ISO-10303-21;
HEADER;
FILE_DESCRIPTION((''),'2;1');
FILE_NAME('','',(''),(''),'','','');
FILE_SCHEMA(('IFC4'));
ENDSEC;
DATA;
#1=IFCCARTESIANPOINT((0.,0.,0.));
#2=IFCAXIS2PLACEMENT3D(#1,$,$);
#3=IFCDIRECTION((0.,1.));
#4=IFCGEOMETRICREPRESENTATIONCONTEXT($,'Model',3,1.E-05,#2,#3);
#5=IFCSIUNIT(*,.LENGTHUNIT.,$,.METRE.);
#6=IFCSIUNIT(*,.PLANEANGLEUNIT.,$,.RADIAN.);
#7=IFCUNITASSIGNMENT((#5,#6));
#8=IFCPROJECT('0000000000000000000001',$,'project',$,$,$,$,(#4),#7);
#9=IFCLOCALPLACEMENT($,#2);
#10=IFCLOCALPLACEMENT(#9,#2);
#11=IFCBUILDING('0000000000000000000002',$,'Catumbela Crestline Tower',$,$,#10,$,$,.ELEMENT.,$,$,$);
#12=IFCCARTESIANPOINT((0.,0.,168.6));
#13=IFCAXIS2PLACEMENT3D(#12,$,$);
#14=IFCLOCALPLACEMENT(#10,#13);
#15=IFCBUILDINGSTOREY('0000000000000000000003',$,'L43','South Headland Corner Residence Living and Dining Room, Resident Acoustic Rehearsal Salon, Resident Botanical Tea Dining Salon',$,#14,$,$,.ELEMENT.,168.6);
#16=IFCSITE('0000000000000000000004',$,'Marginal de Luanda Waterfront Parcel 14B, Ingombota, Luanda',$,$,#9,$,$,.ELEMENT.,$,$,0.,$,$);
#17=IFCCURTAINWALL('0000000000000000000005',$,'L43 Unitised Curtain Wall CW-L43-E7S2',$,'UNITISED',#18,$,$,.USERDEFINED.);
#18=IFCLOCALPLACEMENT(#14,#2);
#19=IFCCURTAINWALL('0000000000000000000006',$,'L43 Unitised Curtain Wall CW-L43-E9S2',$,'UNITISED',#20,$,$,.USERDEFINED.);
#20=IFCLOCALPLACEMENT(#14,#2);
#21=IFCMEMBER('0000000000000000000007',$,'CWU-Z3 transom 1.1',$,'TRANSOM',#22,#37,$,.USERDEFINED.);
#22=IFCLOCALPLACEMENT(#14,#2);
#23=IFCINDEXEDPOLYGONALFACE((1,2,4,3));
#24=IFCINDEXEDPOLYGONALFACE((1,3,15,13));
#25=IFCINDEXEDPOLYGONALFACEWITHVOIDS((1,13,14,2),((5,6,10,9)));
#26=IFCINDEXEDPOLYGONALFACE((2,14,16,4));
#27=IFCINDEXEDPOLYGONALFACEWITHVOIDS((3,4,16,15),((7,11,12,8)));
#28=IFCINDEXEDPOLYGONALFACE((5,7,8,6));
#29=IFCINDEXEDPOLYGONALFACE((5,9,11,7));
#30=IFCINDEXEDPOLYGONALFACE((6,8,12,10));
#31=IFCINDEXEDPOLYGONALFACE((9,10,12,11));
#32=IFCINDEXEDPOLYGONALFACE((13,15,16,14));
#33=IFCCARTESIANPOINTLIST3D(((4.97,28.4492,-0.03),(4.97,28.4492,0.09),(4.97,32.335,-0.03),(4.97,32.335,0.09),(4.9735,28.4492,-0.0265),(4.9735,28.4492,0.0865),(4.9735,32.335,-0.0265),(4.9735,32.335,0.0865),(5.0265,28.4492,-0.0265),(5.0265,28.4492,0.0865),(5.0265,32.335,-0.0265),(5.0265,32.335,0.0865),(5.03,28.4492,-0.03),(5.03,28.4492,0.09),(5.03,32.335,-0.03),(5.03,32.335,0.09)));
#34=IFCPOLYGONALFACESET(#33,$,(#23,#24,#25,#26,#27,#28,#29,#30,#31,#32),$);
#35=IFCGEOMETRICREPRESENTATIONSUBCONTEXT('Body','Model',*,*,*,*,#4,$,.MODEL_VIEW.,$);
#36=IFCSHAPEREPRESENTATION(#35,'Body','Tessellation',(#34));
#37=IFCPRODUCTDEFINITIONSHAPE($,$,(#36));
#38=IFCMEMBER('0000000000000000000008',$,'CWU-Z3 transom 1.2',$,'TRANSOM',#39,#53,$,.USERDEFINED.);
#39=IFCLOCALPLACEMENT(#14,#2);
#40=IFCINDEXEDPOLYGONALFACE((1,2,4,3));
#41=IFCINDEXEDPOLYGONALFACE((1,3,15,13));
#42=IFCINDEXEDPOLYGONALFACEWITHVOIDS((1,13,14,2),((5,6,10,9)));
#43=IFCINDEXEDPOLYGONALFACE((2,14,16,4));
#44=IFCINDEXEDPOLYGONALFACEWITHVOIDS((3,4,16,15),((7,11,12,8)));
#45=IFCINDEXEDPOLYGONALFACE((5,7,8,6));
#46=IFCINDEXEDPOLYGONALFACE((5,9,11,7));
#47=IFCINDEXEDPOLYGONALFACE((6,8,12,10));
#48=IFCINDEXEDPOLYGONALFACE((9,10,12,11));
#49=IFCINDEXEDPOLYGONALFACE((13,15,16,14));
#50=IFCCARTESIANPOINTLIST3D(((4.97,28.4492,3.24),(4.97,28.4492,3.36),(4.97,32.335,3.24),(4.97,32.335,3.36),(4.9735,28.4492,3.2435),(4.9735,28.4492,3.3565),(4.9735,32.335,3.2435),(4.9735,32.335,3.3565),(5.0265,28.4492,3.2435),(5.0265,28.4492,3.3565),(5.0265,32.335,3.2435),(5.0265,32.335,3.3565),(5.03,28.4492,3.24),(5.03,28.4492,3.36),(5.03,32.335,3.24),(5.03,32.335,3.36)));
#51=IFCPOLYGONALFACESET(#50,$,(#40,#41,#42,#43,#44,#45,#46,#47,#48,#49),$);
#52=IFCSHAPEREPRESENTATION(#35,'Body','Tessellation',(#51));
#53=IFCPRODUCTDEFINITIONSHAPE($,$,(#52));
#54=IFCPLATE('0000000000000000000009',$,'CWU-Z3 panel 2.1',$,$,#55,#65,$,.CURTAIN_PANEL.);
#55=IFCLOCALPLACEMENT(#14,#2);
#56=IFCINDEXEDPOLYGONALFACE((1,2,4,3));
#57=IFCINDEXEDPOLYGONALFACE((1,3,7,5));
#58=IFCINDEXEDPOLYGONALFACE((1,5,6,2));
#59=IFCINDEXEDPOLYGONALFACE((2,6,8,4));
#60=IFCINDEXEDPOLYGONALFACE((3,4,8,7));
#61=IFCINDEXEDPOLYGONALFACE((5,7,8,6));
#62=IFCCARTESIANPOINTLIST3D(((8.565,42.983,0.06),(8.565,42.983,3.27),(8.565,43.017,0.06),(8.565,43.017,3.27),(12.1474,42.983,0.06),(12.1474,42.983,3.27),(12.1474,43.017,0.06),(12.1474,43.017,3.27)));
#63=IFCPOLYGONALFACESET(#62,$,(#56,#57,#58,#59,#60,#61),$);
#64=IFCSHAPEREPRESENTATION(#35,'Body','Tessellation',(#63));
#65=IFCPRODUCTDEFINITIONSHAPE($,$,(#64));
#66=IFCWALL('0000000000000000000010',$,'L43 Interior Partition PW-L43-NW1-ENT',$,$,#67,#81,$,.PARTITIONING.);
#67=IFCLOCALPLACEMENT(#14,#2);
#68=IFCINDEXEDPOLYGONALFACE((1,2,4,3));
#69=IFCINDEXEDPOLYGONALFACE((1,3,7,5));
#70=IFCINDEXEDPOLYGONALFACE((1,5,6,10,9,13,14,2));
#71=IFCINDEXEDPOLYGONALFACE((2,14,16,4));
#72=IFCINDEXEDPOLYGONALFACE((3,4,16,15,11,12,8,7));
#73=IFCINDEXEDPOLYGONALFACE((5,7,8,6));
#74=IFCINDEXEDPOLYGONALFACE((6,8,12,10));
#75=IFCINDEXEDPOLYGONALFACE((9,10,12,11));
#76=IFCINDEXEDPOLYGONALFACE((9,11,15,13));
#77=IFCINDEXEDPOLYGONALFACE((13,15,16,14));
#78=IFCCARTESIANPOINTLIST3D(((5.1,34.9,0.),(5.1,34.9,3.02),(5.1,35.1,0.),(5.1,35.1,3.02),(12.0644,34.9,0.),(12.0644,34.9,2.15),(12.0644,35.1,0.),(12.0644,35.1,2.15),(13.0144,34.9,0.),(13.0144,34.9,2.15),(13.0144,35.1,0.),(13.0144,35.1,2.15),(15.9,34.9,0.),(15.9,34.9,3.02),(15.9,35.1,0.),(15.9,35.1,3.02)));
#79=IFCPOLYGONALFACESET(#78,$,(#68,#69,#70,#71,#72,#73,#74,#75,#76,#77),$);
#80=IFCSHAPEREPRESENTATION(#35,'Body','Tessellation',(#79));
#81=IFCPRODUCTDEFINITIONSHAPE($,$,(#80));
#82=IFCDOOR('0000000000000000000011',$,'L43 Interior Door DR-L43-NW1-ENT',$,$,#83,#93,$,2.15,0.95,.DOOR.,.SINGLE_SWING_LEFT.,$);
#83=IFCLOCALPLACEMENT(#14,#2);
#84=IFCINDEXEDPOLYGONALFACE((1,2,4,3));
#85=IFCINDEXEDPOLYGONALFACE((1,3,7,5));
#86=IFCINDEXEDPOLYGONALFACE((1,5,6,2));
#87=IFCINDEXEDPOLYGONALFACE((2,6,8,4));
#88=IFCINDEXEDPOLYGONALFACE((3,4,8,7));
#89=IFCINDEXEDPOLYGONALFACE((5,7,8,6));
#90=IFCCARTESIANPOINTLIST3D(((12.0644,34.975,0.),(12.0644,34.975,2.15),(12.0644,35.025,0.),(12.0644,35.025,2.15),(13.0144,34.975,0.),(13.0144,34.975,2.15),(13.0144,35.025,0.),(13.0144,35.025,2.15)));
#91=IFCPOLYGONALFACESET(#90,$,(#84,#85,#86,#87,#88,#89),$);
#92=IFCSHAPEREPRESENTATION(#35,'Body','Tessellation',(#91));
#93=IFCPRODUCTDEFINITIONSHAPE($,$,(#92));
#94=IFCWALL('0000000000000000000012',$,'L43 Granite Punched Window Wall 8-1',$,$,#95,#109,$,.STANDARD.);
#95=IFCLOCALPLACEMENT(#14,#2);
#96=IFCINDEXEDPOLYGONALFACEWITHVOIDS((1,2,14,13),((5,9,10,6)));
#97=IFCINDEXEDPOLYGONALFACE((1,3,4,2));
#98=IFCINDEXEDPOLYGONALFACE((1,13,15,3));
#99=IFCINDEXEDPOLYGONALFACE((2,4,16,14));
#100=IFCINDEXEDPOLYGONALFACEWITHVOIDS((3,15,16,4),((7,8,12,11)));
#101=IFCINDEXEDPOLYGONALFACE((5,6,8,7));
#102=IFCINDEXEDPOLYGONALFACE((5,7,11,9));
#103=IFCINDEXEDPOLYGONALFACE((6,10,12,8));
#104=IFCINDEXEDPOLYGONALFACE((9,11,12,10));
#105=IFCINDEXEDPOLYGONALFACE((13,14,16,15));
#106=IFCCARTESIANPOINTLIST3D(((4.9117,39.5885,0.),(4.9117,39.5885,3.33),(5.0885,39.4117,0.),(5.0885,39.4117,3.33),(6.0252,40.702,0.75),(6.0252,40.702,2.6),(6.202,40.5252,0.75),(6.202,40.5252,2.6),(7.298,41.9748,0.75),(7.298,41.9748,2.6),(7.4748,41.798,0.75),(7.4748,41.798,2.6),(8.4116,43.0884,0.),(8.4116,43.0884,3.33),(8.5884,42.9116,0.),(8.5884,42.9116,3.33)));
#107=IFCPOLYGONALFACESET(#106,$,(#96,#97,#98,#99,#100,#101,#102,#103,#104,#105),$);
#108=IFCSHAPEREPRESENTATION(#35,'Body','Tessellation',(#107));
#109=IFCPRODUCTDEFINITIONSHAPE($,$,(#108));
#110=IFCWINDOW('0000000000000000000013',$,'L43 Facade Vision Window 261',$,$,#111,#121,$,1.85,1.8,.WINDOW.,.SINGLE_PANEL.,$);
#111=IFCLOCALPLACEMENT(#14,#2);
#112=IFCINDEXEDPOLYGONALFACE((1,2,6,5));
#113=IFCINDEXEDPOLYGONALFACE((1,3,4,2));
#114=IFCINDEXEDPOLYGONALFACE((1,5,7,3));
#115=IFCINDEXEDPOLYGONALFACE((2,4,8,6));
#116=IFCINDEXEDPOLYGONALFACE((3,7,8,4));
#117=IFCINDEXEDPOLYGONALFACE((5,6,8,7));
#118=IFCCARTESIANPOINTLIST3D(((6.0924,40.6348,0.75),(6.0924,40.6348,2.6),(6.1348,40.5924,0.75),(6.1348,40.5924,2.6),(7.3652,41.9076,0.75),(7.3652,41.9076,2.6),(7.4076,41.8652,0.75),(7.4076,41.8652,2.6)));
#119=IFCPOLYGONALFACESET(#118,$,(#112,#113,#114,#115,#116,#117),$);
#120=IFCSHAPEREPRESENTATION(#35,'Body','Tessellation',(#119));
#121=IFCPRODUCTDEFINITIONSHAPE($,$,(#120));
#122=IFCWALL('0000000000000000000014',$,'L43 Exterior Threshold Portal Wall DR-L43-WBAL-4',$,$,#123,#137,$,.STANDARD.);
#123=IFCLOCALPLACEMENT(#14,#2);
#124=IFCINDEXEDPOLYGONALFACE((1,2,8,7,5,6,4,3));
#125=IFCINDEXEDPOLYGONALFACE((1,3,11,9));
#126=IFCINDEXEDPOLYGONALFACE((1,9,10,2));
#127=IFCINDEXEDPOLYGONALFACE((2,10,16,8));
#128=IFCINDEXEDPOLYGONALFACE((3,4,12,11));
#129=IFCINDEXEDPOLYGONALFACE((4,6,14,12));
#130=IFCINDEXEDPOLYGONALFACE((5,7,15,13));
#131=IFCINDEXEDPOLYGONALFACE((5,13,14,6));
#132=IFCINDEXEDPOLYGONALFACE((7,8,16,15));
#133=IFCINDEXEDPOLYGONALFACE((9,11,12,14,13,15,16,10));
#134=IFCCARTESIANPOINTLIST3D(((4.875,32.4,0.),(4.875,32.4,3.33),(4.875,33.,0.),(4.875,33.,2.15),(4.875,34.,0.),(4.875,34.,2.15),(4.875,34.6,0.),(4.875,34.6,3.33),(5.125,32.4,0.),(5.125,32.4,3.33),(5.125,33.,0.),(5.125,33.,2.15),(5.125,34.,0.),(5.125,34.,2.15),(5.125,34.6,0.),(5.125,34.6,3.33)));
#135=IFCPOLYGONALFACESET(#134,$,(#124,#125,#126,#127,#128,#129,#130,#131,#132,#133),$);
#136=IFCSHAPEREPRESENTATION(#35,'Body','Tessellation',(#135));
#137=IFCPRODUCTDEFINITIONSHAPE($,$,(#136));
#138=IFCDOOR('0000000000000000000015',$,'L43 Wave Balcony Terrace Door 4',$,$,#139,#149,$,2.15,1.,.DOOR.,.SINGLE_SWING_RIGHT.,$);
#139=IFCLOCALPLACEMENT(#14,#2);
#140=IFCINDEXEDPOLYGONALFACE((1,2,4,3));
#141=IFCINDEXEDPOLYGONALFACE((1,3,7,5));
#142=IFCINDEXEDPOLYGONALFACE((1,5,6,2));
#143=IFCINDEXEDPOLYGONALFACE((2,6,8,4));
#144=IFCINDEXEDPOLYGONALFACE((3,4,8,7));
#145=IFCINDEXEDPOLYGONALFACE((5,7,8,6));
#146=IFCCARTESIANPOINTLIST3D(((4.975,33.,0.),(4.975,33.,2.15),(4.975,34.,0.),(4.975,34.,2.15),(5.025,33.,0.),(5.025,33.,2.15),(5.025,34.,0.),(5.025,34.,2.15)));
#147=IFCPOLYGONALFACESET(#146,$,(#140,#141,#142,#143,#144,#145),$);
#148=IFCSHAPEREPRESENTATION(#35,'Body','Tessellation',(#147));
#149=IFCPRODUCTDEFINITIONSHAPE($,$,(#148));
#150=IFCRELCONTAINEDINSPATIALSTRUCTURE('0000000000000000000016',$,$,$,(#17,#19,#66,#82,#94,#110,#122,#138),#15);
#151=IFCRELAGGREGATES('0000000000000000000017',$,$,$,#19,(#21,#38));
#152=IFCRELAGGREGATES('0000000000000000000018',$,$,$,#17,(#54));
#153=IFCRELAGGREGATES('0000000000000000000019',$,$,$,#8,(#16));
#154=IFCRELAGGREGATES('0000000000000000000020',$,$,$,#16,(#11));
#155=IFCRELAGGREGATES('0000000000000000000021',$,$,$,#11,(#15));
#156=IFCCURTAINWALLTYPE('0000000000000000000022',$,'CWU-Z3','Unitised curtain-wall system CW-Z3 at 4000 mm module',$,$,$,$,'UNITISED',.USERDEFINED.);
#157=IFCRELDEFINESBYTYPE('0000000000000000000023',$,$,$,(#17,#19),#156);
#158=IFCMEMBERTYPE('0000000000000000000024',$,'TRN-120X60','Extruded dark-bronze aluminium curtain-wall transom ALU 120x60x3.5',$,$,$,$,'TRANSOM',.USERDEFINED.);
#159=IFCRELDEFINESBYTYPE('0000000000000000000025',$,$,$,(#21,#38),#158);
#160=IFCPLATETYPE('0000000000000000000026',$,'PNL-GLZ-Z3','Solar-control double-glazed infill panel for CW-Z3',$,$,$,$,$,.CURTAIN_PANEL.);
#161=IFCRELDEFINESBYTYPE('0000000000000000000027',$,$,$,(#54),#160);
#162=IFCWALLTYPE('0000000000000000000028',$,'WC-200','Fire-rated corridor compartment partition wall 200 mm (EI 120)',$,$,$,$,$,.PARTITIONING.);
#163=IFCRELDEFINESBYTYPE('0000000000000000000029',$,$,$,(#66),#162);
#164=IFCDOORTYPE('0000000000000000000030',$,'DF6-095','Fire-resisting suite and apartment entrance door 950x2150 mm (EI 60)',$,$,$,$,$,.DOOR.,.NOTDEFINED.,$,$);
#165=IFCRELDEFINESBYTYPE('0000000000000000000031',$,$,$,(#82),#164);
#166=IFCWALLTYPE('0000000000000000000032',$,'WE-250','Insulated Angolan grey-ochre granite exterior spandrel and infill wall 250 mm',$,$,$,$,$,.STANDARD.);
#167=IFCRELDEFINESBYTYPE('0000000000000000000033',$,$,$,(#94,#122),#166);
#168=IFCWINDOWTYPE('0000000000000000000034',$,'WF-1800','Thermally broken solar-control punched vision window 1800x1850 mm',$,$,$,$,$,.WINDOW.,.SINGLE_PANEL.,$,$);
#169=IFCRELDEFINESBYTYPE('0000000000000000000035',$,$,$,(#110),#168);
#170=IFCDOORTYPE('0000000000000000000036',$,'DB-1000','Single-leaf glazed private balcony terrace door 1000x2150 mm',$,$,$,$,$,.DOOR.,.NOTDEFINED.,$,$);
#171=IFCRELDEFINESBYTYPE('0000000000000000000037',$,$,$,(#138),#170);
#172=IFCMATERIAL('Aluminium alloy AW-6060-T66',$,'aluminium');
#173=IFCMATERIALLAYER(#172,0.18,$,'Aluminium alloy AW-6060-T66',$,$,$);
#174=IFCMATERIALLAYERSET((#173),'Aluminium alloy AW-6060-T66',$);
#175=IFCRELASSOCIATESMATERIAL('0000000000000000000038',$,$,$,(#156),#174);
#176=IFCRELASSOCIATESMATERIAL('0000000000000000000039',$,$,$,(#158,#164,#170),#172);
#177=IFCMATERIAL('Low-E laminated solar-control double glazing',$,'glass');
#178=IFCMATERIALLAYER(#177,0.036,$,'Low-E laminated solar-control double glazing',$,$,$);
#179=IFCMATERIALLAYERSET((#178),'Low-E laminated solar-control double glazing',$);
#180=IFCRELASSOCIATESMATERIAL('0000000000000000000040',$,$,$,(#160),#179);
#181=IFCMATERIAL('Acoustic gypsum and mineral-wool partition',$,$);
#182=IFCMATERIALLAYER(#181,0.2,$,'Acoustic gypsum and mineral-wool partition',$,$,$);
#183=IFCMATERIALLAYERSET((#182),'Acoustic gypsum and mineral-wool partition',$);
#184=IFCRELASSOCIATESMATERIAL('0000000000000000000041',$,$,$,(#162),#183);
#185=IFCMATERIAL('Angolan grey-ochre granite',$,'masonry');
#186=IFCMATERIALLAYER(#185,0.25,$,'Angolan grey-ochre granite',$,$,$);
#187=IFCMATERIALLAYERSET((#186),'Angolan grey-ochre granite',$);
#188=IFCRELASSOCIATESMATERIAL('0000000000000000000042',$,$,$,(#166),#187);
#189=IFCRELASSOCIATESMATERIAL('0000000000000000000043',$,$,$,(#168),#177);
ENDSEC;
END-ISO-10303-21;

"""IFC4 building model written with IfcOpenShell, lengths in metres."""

from ifc_helpers import new_model, si_unit, direction, frame, frame_2d, origin, origin_2d, place, context, subcontext, project, spatial, rectangle, hollow_rectangle, extrude, material, layer, layer_set, material_profile, profile_set, type_object, element, fill, aggregate, save


model = new_model("IFC4")

# Units and contexts
model_context = context("Model", 3, precision=1e-05, world=origin(), true_north=direction((0.0, 1.0)))
body_context = subcontext(model_context, "Body", "Model", "MODEL_VIEW")
ifc_project = project(units=[si_unit("LENGTHUNIT", "METRE"), si_unit("PLANEANGLEUNIT", "RADIAN")], contexts=[model_context])

# Site, building, storey
site_placement = place(None, origin())
site = spatial("IfcSite", under=ifc_project, at=site_placement, Name="Marginal de Luanda Waterfront Parcel 14B, Ingombota, Luanda", CompositionType="ELEMENT", RefElevation=0.0)
building_placement = place(site_placement, origin())
building = spatial("IfcBuilding", under=site, at=building_placement, Name="Catumbela Crestline Tower", CompositionType="ELEMENT")
storey_placement = place(building_placement, frame((0.0, 0.0, 168.6)))
storey = spatial("IfcBuildingStorey", under=building, at=storey_placement, Name="L43", Description="South Headland Corner Residence Living and Dining Room, Resident Acoustic Rehearsal Salon, Resident Botanical Tea Dining Salon", CompositionType="ELEMENT", Elevation=168.6)

# Curtain walls
ifc_material_1 = material(Name="Aluminium alloy AW-6060-T66", Category="aluminium")
ifc_layer_1 = layer(ifc_material_1, 0.18, Name="Aluminium alloy AW-6060-T66")
ifc_layer_set_1 = layer_set([ifc_layer_1], Name="Aluminium alloy AW-6060-T66")
curtain_wall_type = type_object("IfcCurtainWallType", Name="CWU-Z3", Description="Unitised curtain-wall system CW-Z3 at 4000 mm module", ElementType="UNITISED", PredefinedType="USERDEFINED", material=ifc_layer_set_1)
curtain_wall_1_placement = place(storey_placement, origin())
curtain_wall_1 = element("IfcCurtainWall", 1, at=curtain_wall_1_placement, inside=storey, type_object=curtain_wall_type, Name="L43 Unitised Curtain Wall CW-L43-E7S2", ObjectType="UNITISED", PredefinedType="USERDEFINED")
curtain_wall_2_placement = place(storey_placement, origin())
curtain_wall_2 = element("IfcCurtainWall", 2, at=curtain_wall_2_placement, inside=storey, type_object=curtain_wall_type, Name="L43 Unitised Curtain Wall CW-L43-E9S2", ObjectType="UNITISED", PredefinedType="USERDEFINED")

# Members
ifc_material_profile_1 = material_profile(ifc_material_1, hollow_rectangle(XDim=0.06, YDim=0.12, WallThickness=0.0035, at=origin_2d()), Name="ALU 120x60x3.5")
ifc_profile_set_1 = profile_set([ifc_material_profile_1], Name="Aluminium alloy AW-6060-T66")
member_type_1 = type_object("IfcMemberType", Name="TRN-120X60", Description="Extruded dark-bronze aluminium curtain-wall transom ALU 120x60x3.5", ElementType="TRANSOM", PredefinedType="USERDEFINED", material=ifc_profile_set_1)
member_1_placement = place(storey_placement, frame((5.0, 32.335, 0.03), z_axis=(0.0, -1.0, 0.0), x_axis=(1.0, 0.0, 0.0)))
member_1 = element("IfcMember", 3, at=member_1_placement, type_object=member_type_1, Name="CWU-Z3 transom 1.1", ObjectType="TRANSOM", PredefinedType="USERDEFINED", context=body_context, shape_type="SweptSolid", body=[
    extrude(hollow_rectangle(XDim=0.06, YDim=0.12, WallThickness=0.0035, at=origin_2d()), origin(), (0.0, 0.0, 1.0), 3.8858),
])
member_2_placement = place(storey_placement, frame((5.0, 32.335, 3.3), z_axis=(0.0, -1.0, 0.0), x_axis=(1.0, 0.0, 0.0)))
member_2 = element("IfcMember", 4, at=member_2_placement, type_object=member_type_1, Name="CWU-Z3 transom 1.2", ObjectType="TRANSOM", PredefinedType="USERDEFINED", context=body_context, shape_type="SweptSolid", body=[
    extrude(hollow_rectangle(XDim=0.06, YDim=0.12, WallThickness=0.0035, at=origin_2d()), origin(), (0.0, 0.0, 1.0), 3.8858),
])
aggregate(curtain_wall_2, [member_1, member_2])

# Plate
ifc_material_2 = material(Name="Low-E laminated solar-control double glazing", Category="glass")
ifc_layer_2 = layer(ifc_material_2, 0.036, Name="Low-E laminated solar-control double glazing")
ifc_layer_set_2 = layer_set([ifc_layer_2], Name="Low-E laminated solar-control double glazing")
plate_type = type_object("IfcPlateType", Name="PNL-GLZ-Z3", Description="Solar-control double-glazed infill panel for CW-Z3", PredefinedType="CURTAIN_PANEL", material=ifc_layer_set_2)
plate_placement = place(storey_placement, frame((10.3562, 43.0, 0.06), z_axis=(0.0, 0.0, 1.0), x_axis=(-1.0, 0.0, 0.0)))
plate = element("IfcPlate", 5, at=plate_placement, type_object=plate_type, Name="CWU-Z3 panel 2.1", PredefinedType="CURTAIN_PANEL", context=body_context, shape_type="SweptSolid", body=[
    extrude(rectangle(XDim=3.5825, YDim=0.034, at=origin_2d()), origin(), (0.0, 0.0, 1.0), 3.21),
])
aggregate(curtain_wall_1, [plate])

# Wall, opening, door
ifc_material_3 = material(Name="Acoustic gypsum and mineral-wool partition")
ifc_layer_3 = layer(ifc_material_3, 0.2, Name="Acoustic gypsum and mineral-wool partition")
ifc_layer_set_3 = layer_set([ifc_layer_3], Name="Acoustic gypsum and mineral-wool partition")
wall_type_1 = type_object("IfcWallType", Name="WC-200", Description="Fire-rated corridor compartment partition wall 200 mm (EI 120)", PredefinedType="PARTITIONING", material=ifc_layer_set_3)
wall_1_placement = place(storey_placement, frame((5.1, 35.0, 0.0), z_axis=(0.0, 0.0, 1.0), x_axis=(1.0, 0.0, 0.0)))
wall_1 = element("IfcWall", 6, at=wall_1_placement, inside=storey, type_object=wall_type_1, Name="L43 Interior Partition PW-L43-NW1-ENT", PredefinedType="PARTITIONING", context=body_context, shape_type="SweptSolid", body=[
    extrude(rectangle(XDim=10.8, YDim=0.2, at=frame_2d((5.4, 0.0))), origin(), (0.0, 0.0, 1.0), 3.02),
])
opening_1_placement = place(wall_1_placement, frame((6.9644, 0.0, 0.0)))
opening_1 = element("IfcOpeningElement", 7, at=opening_1_placement, cuts=wall_1, PredefinedType="OPENING", context=body_context, shape_type="SweptSolid", body=[
    extrude(rectangle(XDim=0.95, YDim=2.15, at=frame_2d((0.475, 1.075))), frame((0.0, 0.11, 0.0), z_axis=(0.0, -1.0, 0.0), x_axis=(1.0, 0.0, 0.0)), (0.0, 0.0, 1.0), 0.22),
])
door_type_1 = type_object("IfcDoorType", Name="DF6-095", Description="Fire-resisting suite and apartment entrance door 950x2150 mm (EI 60)", OperationType="NOTDEFINED", PredefinedType="DOOR", material=ifc_material_1)
door_1_placement = place(opening_1_placement, origin())
door_1 = element("IfcDoor", 8, at=door_1_placement, inside=storey, type_object=door_type_1, Name="L43 Interior Door DR-L43-NW1-ENT", OperationType="SINGLE_SWING_LEFT", OverallHeight=2.15, OverallWidth=0.95, PredefinedType="DOOR", context=body_context, shape_type="SweptSolid", body=[
    extrude(rectangle(XDim=0.95, YDim=2.15, at=frame_2d((0.475, 1.075))), frame((0.0, 0.025, 0.0), z_axis=(0.0, -1.0, 0.0), x_axis=(1.0, 0.0, 0.0)), (0.0, 0.0, 1.0), 0.05),
])
fill(opening_1, door_1)

# Wall, opening, window
ifc_material_4 = material(Name="Angolan grey-ochre granite", Category="masonry")
ifc_layer_4 = layer(ifc_material_4, 0.25, Name="Angolan grey-ochre granite")
ifc_layer_set_4 = layer_set([ifc_layer_4], Name="Angolan grey-ochre granite")
wall_type_2 = type_object("IfcWallType", Name="WE-250", Description="Insulated Angolan grey-ochre granite exterior spandrel and infill wall 250 mm", PredefinedType="STANDARD", material=ifc_layer_set_4)
wall_2_placement = place(storey_placement, frame((8.5, 43.0, 0.0), z_axis=(0.0, 0.0, 1.0), x_axis=(-0.707107, -0.707107, 0.0)))
wall_2 = element("IfcWall", 9, at=wall_2_placement, inside=storey, type_object=wall_type_2, Name="L43 Granite Punched Window Wall 8-1", PredefinedType="STANDARD", context=body_context, shape_type="SweptSolid", body=[
    extrude(rectangle(XDim=4.9497, YDim=0.25, at=frame_2d((2.4748, 0.0))), origin(), (0.0, 0.0, 1.0), 3.33),
])
opening_2_placement = place(wall_2_placement, frame((1.5749, 0.0, 0.75)))
opening_2 = element("IfcOpeningElement", 10, at=opening_2_placement, cuts=wall_2, PredefinedType="OPENING", context=body_context, shape_type="SweptSolid", body=[
    extrude(rectangle(XDim=1.8, YDim=1.85, at=frame_2d((0.9, 0.925))), frame((0.0, 0.135, 0.0), z_axis=(0.0, -1.0, 0.0), x_axis=(1.0, 0.0, 0.0)), (0.0, 0.0, 1.0), 0.27),
])
window_type_1 = type_object("IfcWindowType", Name="WF-1800", Description="Thermally broken solar-control punched vision window 1800x1850 mm", PartitioningType="SINGLE_PANEL", PredefinedType="WINDOW", material=ifc_material_2)
window_1_placement = place(opening_2_placement, origin())
window_1 = element("IfcWindow", 11, at=window_1_placement, inside=storey, type_object=window_type_1, Name="L43 Facade Vision Window 261", OverallHeight=1.85, OverallWidth=1.8, PartitioningType="SINGLE_PANEL", PredefinedType="WINDOW", context=body_context, shape_type="SweptSolid", body=[
    extrude(rectangle(XDim=1.8, YDim=1.85, at=frame_2d((0.9, 0.925))), frame((0.0, 0.03, 0.0), z_axis=(0.0, -1.0, 0.0), x_axis=(1.0, 0.0, 0.0)), (0.0, 0.0, 1.0), 0.06),
])
fill(opening_2, window_1)

# Wall, opening, door
wall_3_placement = place(storey_placement, frame((5.0, 34.6, 0.0), z_axis=(0.0, 0.0, 1.0), x_axis=(0.0, -1.0, 0.0)))
wall_3 = element("IfcWall", 12, at=wall_3_placement, inside=storey, type_object=wall_type_2, Name="L43 Exterior Threshold Portal Wall DR-L43-WBAL-4", PredefinedType="STANDARD", context=body_context, shape_type="SweptSolid", body=[
    extrude(rectangle(XDim=2.2, YDim=0.25, at=frame_2d((1.1, 0.0))), origin(), (0.0, 0.0, 1.0), 3.33),
])
opening_3_placement = place(wall_3_placement, frame((0.6, 0.0, 0.0)))
opening_3 = element("IfcOpeningElement", 13, at=opening_3_placement, cuts=wall_3, PredefinedType="OPENING", context=body_context, shape_type="SweptSolid", body=[
    extrude(rectangle(XDim=1.0, YDim=2.15, at=frame_2d((0.5, 1.075))), frame((0.0, 0.135, 0.0), z_axis=(0.0, -1.0, 0.0), x_axis=(1.0, 0.0, 0.0)), (0.0, 0.0, 1.0), 0.27),
])
door_type_2 = type_object("IfcDoorType", Name="DB-1000", Description="Single-leaf glazed private balcony terrace door 1000x2150 mm", OperationType="NOTDEFINED", PredefinedType="DOOR", material=ifc_material_1)
door_2_placement = place(opening_3_placement, origin())
door_2 = element("IfcDoor", 14, at=door_2_placement, inside=storey, type_object=door_type_2, Name="L43 Wave Balcony Terrace Door 4", OperationType="SINGLE_SWING_RIGHT", OverallHeight=2.15, OverallWidth=1.0, PredefinedType="DOOR", context=body_context, shape_type="SweptSolid", body=[
    extrude(rectangle(XDim=1.0, YDim=2.15, at=frame_2d((0.5, 1.075))), frame((0.0, 0.025, 0.0), z_axis=(0.0, -1.0, 0.0), x_axis=(1.0, 0.0, 0.0)), (0.0, 0.0, 1.0), 0.05),
])
fill(opening_3, door_2)

save(model, "model.ifc")
